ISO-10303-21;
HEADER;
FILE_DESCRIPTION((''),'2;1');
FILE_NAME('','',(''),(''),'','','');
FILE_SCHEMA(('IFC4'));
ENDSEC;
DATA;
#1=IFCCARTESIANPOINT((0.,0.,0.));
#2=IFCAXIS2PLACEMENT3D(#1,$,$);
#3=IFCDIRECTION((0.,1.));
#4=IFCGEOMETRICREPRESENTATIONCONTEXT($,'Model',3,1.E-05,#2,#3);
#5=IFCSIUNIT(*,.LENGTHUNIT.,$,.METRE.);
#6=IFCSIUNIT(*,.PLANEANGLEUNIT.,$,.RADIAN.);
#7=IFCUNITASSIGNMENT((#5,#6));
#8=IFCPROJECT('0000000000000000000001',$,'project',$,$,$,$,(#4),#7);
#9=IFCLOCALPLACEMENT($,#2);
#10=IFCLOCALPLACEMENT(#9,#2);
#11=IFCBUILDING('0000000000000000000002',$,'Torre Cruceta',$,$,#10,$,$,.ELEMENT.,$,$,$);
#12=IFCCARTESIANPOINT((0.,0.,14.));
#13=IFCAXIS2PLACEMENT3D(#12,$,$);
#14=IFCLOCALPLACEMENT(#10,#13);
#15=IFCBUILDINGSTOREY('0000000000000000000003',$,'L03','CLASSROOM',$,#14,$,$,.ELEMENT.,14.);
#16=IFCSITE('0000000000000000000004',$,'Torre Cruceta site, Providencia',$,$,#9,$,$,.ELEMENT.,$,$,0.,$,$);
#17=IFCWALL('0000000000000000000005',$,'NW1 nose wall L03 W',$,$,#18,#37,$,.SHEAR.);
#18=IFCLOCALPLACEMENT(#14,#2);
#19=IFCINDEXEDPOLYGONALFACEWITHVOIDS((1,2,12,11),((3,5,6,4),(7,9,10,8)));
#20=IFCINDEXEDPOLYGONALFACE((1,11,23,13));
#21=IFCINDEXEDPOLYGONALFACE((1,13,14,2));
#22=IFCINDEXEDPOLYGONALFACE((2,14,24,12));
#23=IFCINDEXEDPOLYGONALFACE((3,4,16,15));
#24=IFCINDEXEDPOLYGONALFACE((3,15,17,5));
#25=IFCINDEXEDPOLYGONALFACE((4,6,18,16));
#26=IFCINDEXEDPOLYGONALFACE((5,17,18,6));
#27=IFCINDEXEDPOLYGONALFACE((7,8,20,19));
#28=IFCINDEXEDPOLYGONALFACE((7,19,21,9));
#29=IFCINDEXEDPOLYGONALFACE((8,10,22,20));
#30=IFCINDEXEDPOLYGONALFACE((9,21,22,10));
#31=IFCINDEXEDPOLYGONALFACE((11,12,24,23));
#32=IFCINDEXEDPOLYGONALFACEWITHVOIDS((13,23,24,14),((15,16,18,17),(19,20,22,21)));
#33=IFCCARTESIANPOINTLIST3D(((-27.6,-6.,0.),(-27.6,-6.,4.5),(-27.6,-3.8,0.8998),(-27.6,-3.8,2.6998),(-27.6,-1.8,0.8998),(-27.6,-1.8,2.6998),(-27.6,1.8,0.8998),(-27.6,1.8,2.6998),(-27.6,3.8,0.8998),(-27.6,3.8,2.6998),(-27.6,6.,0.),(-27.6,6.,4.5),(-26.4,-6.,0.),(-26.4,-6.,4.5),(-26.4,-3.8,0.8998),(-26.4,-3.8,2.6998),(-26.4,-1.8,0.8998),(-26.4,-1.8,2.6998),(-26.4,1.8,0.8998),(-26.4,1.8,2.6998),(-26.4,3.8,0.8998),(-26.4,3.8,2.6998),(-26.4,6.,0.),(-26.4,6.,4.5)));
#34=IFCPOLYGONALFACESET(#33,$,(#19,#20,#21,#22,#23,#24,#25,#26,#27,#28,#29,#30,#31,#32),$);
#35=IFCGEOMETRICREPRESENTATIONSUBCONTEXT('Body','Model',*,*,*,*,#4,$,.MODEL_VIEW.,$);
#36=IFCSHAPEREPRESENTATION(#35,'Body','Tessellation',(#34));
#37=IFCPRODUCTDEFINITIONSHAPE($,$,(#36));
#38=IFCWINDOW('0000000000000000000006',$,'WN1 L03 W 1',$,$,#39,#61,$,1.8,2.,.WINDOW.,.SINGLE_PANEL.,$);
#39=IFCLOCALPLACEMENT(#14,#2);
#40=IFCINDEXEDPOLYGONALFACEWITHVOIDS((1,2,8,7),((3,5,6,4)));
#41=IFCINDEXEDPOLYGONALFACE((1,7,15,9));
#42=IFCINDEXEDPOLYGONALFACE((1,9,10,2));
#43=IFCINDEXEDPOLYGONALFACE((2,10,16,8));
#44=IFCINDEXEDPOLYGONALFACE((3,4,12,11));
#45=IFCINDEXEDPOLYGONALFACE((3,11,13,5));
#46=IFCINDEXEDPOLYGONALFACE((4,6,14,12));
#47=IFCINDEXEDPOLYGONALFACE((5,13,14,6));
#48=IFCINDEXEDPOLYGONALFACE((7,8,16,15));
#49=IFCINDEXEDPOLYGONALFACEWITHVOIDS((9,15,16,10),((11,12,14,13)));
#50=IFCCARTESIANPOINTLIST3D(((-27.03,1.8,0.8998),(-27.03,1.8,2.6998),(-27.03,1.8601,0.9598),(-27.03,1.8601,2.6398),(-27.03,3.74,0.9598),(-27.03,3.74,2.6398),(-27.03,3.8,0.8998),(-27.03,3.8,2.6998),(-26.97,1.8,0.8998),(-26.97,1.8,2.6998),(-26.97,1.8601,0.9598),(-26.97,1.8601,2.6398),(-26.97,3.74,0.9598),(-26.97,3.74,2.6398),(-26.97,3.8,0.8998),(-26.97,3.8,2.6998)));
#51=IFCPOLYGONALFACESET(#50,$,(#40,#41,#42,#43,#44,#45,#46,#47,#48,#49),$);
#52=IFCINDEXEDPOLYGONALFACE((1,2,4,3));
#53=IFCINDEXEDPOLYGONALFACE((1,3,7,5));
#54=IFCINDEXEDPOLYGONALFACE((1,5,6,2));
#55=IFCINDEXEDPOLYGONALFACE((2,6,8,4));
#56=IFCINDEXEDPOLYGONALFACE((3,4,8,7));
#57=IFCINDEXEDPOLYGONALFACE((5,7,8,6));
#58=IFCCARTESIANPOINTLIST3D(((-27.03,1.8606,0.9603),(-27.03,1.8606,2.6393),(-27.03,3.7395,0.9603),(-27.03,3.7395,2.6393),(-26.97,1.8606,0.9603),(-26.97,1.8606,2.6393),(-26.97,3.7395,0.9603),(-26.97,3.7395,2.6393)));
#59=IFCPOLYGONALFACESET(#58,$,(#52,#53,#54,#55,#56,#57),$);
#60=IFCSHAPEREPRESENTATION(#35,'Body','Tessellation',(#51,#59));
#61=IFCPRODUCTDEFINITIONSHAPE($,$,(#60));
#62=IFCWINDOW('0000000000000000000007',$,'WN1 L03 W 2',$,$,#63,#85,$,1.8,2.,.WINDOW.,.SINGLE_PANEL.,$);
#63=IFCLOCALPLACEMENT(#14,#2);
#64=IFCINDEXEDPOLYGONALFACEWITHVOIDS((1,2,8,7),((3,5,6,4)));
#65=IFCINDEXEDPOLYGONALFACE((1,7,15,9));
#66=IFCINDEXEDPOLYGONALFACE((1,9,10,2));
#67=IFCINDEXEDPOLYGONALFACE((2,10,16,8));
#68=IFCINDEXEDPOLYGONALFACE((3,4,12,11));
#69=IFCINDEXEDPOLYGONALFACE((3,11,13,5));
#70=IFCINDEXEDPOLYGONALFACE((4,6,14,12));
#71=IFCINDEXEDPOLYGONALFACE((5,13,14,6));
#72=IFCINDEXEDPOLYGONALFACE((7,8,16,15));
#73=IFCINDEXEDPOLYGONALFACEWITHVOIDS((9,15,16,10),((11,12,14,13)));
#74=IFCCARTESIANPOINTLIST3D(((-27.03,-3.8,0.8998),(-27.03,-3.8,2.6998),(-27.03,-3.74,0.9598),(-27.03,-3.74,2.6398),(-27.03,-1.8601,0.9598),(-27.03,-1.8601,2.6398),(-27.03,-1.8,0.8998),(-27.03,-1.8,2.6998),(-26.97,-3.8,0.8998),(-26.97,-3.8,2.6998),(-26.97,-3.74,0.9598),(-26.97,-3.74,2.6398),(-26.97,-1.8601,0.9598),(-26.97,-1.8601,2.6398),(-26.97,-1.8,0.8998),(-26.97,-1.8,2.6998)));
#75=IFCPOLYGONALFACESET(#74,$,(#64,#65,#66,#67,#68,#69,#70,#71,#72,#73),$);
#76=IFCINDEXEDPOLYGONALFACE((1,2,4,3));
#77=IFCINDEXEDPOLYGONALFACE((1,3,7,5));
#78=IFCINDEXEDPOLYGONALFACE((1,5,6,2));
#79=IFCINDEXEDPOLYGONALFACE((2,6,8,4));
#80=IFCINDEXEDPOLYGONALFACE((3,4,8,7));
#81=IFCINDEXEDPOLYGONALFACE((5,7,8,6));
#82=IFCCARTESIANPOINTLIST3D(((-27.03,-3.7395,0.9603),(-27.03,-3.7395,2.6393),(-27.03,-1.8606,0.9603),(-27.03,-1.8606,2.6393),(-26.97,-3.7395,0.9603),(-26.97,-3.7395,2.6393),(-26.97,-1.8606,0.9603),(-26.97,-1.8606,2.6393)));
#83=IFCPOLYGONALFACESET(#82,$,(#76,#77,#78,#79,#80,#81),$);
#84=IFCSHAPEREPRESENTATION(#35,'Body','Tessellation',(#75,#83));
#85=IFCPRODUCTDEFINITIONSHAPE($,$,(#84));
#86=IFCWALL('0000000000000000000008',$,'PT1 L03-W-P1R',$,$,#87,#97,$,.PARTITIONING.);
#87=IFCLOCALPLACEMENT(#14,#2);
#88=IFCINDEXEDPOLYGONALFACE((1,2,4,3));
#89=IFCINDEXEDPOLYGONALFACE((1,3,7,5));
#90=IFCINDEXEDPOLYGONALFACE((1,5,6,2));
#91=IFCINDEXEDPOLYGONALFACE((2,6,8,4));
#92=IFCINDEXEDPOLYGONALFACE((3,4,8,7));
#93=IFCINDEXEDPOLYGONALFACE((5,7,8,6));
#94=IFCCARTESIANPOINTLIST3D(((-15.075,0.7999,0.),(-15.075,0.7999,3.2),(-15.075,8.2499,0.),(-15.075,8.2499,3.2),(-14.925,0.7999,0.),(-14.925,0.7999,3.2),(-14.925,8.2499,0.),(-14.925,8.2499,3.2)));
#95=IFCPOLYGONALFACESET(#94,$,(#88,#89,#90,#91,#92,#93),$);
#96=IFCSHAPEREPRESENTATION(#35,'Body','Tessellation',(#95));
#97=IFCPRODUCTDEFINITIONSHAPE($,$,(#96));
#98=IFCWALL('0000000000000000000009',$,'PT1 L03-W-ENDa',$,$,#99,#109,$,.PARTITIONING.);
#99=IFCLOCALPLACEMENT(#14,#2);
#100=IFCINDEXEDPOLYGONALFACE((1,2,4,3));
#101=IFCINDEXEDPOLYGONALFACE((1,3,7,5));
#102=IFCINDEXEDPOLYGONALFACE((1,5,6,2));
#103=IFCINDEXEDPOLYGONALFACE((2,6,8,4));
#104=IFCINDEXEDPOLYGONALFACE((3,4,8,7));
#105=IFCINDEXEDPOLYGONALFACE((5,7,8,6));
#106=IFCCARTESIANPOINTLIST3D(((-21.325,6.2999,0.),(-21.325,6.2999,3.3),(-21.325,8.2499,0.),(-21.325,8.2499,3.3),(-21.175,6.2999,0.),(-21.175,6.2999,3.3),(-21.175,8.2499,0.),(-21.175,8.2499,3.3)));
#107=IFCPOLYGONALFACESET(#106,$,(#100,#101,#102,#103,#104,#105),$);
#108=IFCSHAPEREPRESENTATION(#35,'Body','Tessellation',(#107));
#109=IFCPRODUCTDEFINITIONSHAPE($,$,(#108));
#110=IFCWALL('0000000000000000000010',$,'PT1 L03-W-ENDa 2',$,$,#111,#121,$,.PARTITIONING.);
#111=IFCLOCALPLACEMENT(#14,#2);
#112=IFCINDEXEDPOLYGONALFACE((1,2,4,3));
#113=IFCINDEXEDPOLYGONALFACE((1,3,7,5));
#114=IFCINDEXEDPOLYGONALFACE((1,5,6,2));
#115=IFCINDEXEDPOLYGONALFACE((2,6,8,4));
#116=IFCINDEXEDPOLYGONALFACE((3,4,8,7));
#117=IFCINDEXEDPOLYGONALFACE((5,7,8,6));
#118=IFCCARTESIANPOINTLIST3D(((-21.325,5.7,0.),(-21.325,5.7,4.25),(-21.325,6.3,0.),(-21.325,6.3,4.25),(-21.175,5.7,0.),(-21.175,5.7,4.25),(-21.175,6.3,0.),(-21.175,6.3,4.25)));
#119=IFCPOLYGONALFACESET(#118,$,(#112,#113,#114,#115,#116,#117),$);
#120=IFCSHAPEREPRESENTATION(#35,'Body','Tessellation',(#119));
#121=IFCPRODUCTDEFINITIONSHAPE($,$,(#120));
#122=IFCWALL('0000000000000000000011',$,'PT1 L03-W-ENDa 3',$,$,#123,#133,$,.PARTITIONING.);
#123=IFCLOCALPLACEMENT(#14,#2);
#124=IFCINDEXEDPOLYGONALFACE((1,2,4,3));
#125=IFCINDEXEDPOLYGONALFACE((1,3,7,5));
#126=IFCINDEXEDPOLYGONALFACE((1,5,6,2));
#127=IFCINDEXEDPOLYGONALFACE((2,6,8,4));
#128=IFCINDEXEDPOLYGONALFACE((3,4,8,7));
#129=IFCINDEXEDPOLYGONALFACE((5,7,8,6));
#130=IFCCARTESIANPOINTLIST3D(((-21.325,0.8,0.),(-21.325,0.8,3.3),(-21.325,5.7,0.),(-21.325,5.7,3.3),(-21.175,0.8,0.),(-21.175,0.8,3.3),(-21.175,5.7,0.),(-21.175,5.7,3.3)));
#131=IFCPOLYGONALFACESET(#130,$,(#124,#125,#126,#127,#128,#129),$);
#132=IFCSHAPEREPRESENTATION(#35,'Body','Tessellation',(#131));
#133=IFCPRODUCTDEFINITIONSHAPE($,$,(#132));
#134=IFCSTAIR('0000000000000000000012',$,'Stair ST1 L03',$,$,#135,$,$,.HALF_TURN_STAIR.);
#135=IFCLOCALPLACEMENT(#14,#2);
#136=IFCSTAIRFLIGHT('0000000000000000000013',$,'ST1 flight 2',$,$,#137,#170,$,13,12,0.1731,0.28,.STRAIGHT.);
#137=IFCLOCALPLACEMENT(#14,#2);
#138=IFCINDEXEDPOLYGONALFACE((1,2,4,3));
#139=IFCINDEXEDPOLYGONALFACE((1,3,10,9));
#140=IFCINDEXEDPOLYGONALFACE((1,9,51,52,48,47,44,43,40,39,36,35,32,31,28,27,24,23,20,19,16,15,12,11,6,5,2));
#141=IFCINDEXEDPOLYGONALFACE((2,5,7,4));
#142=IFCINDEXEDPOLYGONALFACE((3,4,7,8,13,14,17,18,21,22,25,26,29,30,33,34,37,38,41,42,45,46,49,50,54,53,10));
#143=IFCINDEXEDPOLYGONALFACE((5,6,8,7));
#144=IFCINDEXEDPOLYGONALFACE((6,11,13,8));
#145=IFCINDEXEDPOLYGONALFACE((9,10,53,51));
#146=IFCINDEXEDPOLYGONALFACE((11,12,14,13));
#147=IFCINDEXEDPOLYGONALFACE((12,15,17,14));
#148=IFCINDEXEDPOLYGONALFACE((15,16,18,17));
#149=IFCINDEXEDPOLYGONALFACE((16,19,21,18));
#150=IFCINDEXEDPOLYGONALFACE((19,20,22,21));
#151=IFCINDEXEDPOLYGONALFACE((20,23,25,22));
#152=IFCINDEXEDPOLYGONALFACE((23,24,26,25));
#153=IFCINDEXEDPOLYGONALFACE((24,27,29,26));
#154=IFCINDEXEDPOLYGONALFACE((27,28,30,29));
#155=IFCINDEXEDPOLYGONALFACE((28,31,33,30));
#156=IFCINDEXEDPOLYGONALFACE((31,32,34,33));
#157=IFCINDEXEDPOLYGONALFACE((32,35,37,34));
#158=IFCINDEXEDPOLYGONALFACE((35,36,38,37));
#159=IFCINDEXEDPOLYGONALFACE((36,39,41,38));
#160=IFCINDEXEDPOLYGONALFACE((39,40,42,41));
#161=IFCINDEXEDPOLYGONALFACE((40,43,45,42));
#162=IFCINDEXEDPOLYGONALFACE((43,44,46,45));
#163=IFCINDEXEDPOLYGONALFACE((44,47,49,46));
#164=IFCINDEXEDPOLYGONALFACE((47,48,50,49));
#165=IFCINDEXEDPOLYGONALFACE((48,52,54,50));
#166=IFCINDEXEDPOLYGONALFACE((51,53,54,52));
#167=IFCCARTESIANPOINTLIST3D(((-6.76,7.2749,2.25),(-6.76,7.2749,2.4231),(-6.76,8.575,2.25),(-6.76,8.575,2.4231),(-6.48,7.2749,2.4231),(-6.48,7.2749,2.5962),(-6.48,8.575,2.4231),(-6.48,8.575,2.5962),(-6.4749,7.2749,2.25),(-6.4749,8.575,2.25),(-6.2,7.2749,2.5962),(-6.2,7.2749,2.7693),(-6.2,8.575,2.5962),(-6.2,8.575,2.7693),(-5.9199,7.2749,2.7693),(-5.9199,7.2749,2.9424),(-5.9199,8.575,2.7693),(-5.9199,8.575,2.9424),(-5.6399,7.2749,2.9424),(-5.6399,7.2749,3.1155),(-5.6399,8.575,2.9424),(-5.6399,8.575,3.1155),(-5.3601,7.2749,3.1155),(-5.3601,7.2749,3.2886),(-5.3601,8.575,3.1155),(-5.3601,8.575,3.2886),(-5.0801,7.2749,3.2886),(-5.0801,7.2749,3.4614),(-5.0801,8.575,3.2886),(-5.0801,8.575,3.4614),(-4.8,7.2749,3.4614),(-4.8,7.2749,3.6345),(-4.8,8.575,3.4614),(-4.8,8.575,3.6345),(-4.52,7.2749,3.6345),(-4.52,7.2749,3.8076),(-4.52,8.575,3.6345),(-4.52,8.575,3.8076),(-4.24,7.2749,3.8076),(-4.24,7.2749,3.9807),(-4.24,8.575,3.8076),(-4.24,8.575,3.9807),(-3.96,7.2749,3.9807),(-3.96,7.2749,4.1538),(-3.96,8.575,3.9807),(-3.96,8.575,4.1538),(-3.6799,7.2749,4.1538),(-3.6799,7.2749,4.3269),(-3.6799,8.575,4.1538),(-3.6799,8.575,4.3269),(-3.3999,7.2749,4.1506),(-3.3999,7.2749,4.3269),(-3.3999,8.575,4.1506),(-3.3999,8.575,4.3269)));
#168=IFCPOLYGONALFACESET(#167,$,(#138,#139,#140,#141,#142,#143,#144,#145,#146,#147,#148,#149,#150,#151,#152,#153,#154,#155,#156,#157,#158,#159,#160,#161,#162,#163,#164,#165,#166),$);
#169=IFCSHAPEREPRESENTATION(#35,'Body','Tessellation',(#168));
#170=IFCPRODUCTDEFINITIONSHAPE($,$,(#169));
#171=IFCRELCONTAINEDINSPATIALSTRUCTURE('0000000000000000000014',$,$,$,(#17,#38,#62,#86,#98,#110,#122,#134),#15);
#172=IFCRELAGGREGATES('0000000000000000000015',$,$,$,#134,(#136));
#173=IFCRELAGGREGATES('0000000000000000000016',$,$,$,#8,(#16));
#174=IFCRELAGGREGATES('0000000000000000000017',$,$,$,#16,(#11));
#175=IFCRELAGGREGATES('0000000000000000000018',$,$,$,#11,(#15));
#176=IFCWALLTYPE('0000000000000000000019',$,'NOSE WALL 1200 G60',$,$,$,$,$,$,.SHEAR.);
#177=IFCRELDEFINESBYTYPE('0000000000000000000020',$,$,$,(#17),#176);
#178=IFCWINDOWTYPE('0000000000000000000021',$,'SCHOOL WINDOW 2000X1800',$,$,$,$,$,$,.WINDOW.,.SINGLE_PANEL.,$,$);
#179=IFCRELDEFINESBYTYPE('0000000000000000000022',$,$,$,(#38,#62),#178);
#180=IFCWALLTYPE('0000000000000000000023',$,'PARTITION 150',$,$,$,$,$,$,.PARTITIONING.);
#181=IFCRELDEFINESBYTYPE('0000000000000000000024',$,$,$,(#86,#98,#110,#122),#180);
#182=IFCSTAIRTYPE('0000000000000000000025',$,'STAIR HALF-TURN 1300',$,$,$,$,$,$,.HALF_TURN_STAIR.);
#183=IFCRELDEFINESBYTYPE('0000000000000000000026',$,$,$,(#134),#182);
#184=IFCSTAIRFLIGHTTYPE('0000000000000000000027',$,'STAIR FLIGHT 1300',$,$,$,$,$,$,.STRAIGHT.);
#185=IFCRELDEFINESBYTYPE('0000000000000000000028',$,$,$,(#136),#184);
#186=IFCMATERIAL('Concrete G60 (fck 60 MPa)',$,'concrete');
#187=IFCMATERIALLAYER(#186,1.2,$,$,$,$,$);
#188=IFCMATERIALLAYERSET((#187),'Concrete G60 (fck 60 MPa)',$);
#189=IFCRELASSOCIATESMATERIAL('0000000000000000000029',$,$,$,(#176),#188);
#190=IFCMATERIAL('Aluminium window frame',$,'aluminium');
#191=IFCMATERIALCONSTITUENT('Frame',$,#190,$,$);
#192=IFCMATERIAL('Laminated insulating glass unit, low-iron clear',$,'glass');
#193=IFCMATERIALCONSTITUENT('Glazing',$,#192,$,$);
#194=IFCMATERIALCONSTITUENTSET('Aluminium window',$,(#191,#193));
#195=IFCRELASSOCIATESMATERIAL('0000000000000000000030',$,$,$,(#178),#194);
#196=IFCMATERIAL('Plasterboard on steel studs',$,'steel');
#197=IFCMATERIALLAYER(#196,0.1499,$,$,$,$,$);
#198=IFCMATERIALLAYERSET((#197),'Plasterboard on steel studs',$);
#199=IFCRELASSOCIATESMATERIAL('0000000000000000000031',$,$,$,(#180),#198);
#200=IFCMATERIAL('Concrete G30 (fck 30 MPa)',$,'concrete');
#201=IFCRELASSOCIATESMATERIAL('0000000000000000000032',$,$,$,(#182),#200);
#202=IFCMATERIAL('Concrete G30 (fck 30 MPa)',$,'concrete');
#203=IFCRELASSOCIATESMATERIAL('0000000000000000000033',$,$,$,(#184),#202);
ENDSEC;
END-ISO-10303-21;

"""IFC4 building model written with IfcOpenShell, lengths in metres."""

from ifc_helpers import new_model, si_unit, direction, frame, frame_2d, origin, place, context, subcontext, project, spatial, polyline, rectangle, hollow_rectangle, outline, extrude, material, layer, layer_set, constituent, constituent_set, type_object, element, fill, aggregate, save


model = new_model("IFC4")

# Units and contexts
model_context = context("Model", 3, precision=1e-05, world=origin(), true_north=direction((0.0, 1.0)))
body_context = subcontext(model_context, "Body", "Model", "MODEL_VIEW")
ifc_project = project(units=[si_unit("LENGTHUNIT", "METRE"), si_unit("PLANEANGLEUNIT", "RADIAN")], contexts=[model_context])

# Site, building, storey
site_placement = place(None, origin())
site = spatial("IfcSite", under=ifc_project, at=site_placement, Name="Torre Cruceta site, Providencia", CompositionType="ELEMENT", RefElevation=0.0)
building_placement = place(site_placement, origin())
building = spatial("IfcBuilding", under=site, at=building_placement, Name="Torre Cruceta", CompositionType="ELEMENT")
storey_placement = place(building_placement, frame((0.0, 0.0, 14.0)))
storey = spatial("IfcBuildingStorey", under=building, at=storey_placement, Name="L03", Description="CLASSROOM", CompositionType="ELEMENT", Elevation=14.0)

# Wall, openings, windows
ifc_material_1 = material(Name="Concrete G60 (fck 60 MPa)", Category="concrete")
ifc_layer_1 = layer(ifc_material_1, 1.2)
ifc_layer_set_1 = layer_set([ifc_layer_1], Name="Concrete G60 (fck 60 MPa)")
wall_type_1 = type_object("IfcWallType", Name="NOSE WALL 1200 G60", PredefinedType="SHEAR", material=ifc_layer_set_1)
wall_1_placement = place(storey_placement, frame((-27.0, 6.0, 0.0), z_axis=(0.0, 0.0, 1.0), x_axis=(0.0, -1.0, 0.0)))
wall_1 = element("IfcWall", 1, at=wall_1_placement, inside=storey, type_object=wall_type_1, Name="NW1 nose wall L03 W", PredefinedType="SHEAR", context=body_context, shape_type="SweptSolid", body=[
    extrude(rectangle(XDim=12.0, YDim=1.2, at=frame_2d((6.0, 0.0))), origin(), (0.0, 0.0, 1.0), 4.5),
])
opening_1_placement = place(wall_1_placement, frame((2.2, 0.0, 0.8999)))
opening_1 = element("IfcOpeningElement", 2, at=opening_1_placement, cuts=wall_1, PredefinedType="OPENING", context=body_context, shape_type="SweptSolid", body=[
    extrude(rectangle(XDim=2.0, YDim=1.8, at=frame_2d((1.0, 0.8999))), frame((0.0, 0.6099, 0.0), z_axis=(0.0, -1.0, 0.0), x_axis=(1.0, 0.0, 0.0)), (0.0, 0.0, 1.0), 1.22),
])
opening_2_placement = place(wall_1_placement, frame((7.8, 0.0, 0.8999)))
opening_2 = element("IfcOpeningElement", 3, at=opening_2_placement, cuts=wall_1, PredefinedType="OPENING", context=body_context, shape_type="SweptSolid", body=[
    extrude(rectangle(XDim=2.0, YDim=1.8, at=frame_2d((1.0, 0.8999))), frame((0.0, 0.6099, 0.0), z_axis=(0.0, -1.0, 0.0), x_axis=(1.0, 0.0, 0.0)), (0.0, 0.0, 1.0), 1.22),
])
ifc_material_2 = material(Name="Aluminium window frame", Category="aluminium")
ifc_constituent_1 = constituent(ifc_material_2, Name="Frame")
ifc_material_3 = material(Name="Laminated insulating glass unit, low-iron clear", Category="glass")
ifc_constituent_2 = constituent(ifc_material_3, Name="Glazing")
ifc_constituent_set = constituent_set(constituents=[ifc_constituent_1, ifc_constituent_2], Name="Aluminium window")
window_type = type_object("IfcWindowType", Name="SCHOOL WINDOW 2000X1800", PartitioningType="SINGLE_PANEL", PredefinedType="WINDOW", material=ifc_constituent_set)
window_1_placement = place(opening_1_placement, origin())
window_1 = element("IfcWindow", 4, at=window_1_placement, inside=storey, type_object=window_type, Name="WN1 L03 W 1", OverallHeight=1.8, OverallWidth=2.0, PartitioningType="SINGLE_PANEL", PredefinedType="WINDOW", context=body_context, shape_type="SweptSolid", body=[
    extrude(hollow_rectangle(XDim=2.0, YDim=1.8, WallThickness=0.0601, at=frame_2d((1.0, 0.8999))), frame((0.0, 0.03, 0.0), z_axis=(0.0, -1.0, 0.0), x_axis=(1.0, 0.0, 0.0)), (0.0, 0.0, 1.0), 0.0601),
    extrude(rectangle(XDim=1.8789, YDim=1.679, at=frame_2d((1.0, 0.8999))), frame((0.0, 0.03, 0.0), z_axis=(0.0, -1.0, 0.0), x_axis=(1.0, 0.0, 0.0)), (0.0, 0.0, 1.0), 0.0601),
])
fill(opening_1, window_1)
window_2_placement = place(opening_2_placement, origin())
window_2 = element("IfcWindow", 5, at=window_2_placement, inside=storey, type_object=window_type, Name="WN1 L03 W 2", OverallHeight=1.8, OverallWidth=2.0, PartitioningType="SINGLE_PANEL", PredefinedType="WINDOW", context=body_context, shape_type="SweptSolid", body=[
    extrude(hollow_rectangle(XDim=2.0, YDim=1.8, WallThickness=0.0601, at=frame_2d((1.0, 0.8999))), frame((0.0, 0.03, 0.0), z_axis=(0.0, -1.0, 0.0), x_axis=(1.0, 0.0, 0.0)), (0.0, 0.0, 1.0), 0.0601),
    extrude(rectangle(XDim=1.8789, YDim=1.679, at=frame_2d((1.0, 0.8999))), frame((0.0, 0.03, 0.0), z_axis=(0.0, -1.0, 0.0), x_axis=(1.0, 0.0, 0.0)), (0.0, 0.0, 1.0), 0.0601),
])
fill(opening_2, window_2)

# Walls
ifc_material_4 = material(Name="Plasterboard on steel studs", Category="steel")
ifc_layer_2 = layer(ifc_material_4, 0.1499)
ifc_layer_set_2 = layer_set([ifc_layer_2], Name="Plasterboard on steel studs")
wall_type_2 = type_object("IfcWallType", Name="PARTITION 150", PredefinedType="PARTITIONING", material=ifc_layer_set_2)
wall_2_placement = place(storey_placement, frame((-15.0, 8.25, 0.0), z_axis=(0.0, 0.0, 1.0), x_axis=(0.0, -1.0, 0.0)))
element("IfcWall", 6, at=wall_2_placement, inside=storey, type_object=wall_type_2, Name="PT1 L03-W-P1R", PredefinedType="PARTITIONING", context=body_context, shape_type="SweptSolid", body=[
    extrude(rectangle(XDim=7.45, YDim=0.1499, at=frame_2d((3.7251, 0.0))), origin(), (0.0, 0.0, 1.0), 3.2),
])
wall_3_placement = place(storey_placement, frame((-21.25, 8.25, 0.0), z_axis=(0.0, 0.0, 1.0), x_axis=(0.0, -1.0, 0.0)))
element("IfcWall", 7, at=wall_3_placement, inside=storey, type_object=wall_type_2, Name="PT1 L03-W-ENDa", PredefinedType="PARTITIONING", context=body_context, shape_type="SweptSolid", body=[
    extrude(rectangle(XDim=1.95, YDim=0.1499, at=frame_2d((0.9751, 0.0))), origin(), (0.0, 0.0, 1.0), 3.3),
])
wall_4_placement = place(storey_placement, frame((-21.25, 6.3, 0.0), z_axis=(0.0, 0.0, 1.0), x_axis=(0.0, -1.0, 0.0)))
element("IfcWall", 8, at=wall_4_placement, inside=storey, type_object=wall_type_2, Name="PT1 L03-W-ENDa 2", PredefinedType="PARTITIONING", context=body_context, shape_type="SweptSolid", body=[
    extrude(rectangle(XDim=0.6001, YDim=0.1499, at=frame_2d((0.3, 0.0))), origin(), (0.0, 0.0, 1.0), 4.25),
])
wall_5_placement = place(storey_placement, frame((-21.25, 5.7, 0.0), z_axis=(0.0, 0.0, 1.0), x_axis=(0.0, -1.0, 0.0)))
element("IfcWall", 9, at=wall_5_placement, inside=storey, type_object=wall_type_2, Name="PT1 L03-W-ENDa 3", PredefinedType="PARTITIONING", context=body_context, shape_type="SweptSolid", body=[
    extrude(rectangle(XDim=4.8999, YDim=0.1499, at=frame_2d((2.45, 0.0))), origin(), (0.0, 0.0, 1.0), 3.3),
])

# Stair, stair flight
ifc_material_5 = material(Name="Concrete G30 (fck 30 MPa)", Category="concrete")
stair_type = type_object("IfcStairType", Name="STAIR HALF-TURN 1300", PredefinedType="HALF_TURN_STAIR", material=ifc_material_5)
stair_placement = place(storey_placement, origin())
stair = element("IfcStair", 10, at=stair_placement, inside=storey, type_object=stair_type, Name="Stair ST1 L03", PredefinedType="HALF_TURN_STAIR")
ifc_material_6 = material(Name="Concrete G30 (fck 30 MPa)", Category="concrete")
stair_flight_type = type_object("IfcStairFlightType", Name="STAIR FLIGHT 1300", PredefinedType="STRAIGHT", material=ifc_material_6)
stair_flight_placement = place(storey_placement, frame((-6.76, 7.925, 2.25), z_axis=(0.0, 0.0, 1.0), x_axis=(1.0, 0.0, 0.0)))
stair_flight = element("IfcStairFlight", 11, at=stair_flight_placement, type_object=stair_flight_type, Name="ST1 flight 2", NumberOfRisers=13, NumberOfTreads=12, PredefinedType="STRAIGHT", RiserHeight=0.1731, TreadLength=0.28, context=body_context, shape_type="SweptSolid", body=[
    extrude(outline(polyline([(0.0, 0.0), (0.0, 0.1731), (0.28, 0.1731), (0.28, 0.3462), (0.5601, 0.3462), (0.5601, 0.5193), (0.8401, 0.5193), (0.8401, 0.6924), (1.1201, 0.6924), (1.1201, 0.8655), (1.3999, 0.8655), (1.3999, 1.0386), (1.6799, 1.0386), (1.6799, 1.2114), (1.96, 1.2114), (1.96, 1.3845), (2.24, 1.3845), (2.24, 1.5576), (2.52, 1.5576), (2.52, 1.7307), (2.8, 1.7307), (2.8, 1.9038), (3.0801, 1.9038), (3.0801, 2.0769), (3.3601, 2.0769), (3.3601, 2.25), (3.3601, 1.9006), (0.2852, 0.0), (0.0, 0.0)])), frame((0.0, 0.6499, 0.0), z_axis=(0.0, -1.0, 0.0), x_axis=(1.0, 0.0, 0.0)), (0.0, 0.0, 1.0), 1.3),
])
aggregate(stair, [stair_flight])

save(model, "model.ifc")
